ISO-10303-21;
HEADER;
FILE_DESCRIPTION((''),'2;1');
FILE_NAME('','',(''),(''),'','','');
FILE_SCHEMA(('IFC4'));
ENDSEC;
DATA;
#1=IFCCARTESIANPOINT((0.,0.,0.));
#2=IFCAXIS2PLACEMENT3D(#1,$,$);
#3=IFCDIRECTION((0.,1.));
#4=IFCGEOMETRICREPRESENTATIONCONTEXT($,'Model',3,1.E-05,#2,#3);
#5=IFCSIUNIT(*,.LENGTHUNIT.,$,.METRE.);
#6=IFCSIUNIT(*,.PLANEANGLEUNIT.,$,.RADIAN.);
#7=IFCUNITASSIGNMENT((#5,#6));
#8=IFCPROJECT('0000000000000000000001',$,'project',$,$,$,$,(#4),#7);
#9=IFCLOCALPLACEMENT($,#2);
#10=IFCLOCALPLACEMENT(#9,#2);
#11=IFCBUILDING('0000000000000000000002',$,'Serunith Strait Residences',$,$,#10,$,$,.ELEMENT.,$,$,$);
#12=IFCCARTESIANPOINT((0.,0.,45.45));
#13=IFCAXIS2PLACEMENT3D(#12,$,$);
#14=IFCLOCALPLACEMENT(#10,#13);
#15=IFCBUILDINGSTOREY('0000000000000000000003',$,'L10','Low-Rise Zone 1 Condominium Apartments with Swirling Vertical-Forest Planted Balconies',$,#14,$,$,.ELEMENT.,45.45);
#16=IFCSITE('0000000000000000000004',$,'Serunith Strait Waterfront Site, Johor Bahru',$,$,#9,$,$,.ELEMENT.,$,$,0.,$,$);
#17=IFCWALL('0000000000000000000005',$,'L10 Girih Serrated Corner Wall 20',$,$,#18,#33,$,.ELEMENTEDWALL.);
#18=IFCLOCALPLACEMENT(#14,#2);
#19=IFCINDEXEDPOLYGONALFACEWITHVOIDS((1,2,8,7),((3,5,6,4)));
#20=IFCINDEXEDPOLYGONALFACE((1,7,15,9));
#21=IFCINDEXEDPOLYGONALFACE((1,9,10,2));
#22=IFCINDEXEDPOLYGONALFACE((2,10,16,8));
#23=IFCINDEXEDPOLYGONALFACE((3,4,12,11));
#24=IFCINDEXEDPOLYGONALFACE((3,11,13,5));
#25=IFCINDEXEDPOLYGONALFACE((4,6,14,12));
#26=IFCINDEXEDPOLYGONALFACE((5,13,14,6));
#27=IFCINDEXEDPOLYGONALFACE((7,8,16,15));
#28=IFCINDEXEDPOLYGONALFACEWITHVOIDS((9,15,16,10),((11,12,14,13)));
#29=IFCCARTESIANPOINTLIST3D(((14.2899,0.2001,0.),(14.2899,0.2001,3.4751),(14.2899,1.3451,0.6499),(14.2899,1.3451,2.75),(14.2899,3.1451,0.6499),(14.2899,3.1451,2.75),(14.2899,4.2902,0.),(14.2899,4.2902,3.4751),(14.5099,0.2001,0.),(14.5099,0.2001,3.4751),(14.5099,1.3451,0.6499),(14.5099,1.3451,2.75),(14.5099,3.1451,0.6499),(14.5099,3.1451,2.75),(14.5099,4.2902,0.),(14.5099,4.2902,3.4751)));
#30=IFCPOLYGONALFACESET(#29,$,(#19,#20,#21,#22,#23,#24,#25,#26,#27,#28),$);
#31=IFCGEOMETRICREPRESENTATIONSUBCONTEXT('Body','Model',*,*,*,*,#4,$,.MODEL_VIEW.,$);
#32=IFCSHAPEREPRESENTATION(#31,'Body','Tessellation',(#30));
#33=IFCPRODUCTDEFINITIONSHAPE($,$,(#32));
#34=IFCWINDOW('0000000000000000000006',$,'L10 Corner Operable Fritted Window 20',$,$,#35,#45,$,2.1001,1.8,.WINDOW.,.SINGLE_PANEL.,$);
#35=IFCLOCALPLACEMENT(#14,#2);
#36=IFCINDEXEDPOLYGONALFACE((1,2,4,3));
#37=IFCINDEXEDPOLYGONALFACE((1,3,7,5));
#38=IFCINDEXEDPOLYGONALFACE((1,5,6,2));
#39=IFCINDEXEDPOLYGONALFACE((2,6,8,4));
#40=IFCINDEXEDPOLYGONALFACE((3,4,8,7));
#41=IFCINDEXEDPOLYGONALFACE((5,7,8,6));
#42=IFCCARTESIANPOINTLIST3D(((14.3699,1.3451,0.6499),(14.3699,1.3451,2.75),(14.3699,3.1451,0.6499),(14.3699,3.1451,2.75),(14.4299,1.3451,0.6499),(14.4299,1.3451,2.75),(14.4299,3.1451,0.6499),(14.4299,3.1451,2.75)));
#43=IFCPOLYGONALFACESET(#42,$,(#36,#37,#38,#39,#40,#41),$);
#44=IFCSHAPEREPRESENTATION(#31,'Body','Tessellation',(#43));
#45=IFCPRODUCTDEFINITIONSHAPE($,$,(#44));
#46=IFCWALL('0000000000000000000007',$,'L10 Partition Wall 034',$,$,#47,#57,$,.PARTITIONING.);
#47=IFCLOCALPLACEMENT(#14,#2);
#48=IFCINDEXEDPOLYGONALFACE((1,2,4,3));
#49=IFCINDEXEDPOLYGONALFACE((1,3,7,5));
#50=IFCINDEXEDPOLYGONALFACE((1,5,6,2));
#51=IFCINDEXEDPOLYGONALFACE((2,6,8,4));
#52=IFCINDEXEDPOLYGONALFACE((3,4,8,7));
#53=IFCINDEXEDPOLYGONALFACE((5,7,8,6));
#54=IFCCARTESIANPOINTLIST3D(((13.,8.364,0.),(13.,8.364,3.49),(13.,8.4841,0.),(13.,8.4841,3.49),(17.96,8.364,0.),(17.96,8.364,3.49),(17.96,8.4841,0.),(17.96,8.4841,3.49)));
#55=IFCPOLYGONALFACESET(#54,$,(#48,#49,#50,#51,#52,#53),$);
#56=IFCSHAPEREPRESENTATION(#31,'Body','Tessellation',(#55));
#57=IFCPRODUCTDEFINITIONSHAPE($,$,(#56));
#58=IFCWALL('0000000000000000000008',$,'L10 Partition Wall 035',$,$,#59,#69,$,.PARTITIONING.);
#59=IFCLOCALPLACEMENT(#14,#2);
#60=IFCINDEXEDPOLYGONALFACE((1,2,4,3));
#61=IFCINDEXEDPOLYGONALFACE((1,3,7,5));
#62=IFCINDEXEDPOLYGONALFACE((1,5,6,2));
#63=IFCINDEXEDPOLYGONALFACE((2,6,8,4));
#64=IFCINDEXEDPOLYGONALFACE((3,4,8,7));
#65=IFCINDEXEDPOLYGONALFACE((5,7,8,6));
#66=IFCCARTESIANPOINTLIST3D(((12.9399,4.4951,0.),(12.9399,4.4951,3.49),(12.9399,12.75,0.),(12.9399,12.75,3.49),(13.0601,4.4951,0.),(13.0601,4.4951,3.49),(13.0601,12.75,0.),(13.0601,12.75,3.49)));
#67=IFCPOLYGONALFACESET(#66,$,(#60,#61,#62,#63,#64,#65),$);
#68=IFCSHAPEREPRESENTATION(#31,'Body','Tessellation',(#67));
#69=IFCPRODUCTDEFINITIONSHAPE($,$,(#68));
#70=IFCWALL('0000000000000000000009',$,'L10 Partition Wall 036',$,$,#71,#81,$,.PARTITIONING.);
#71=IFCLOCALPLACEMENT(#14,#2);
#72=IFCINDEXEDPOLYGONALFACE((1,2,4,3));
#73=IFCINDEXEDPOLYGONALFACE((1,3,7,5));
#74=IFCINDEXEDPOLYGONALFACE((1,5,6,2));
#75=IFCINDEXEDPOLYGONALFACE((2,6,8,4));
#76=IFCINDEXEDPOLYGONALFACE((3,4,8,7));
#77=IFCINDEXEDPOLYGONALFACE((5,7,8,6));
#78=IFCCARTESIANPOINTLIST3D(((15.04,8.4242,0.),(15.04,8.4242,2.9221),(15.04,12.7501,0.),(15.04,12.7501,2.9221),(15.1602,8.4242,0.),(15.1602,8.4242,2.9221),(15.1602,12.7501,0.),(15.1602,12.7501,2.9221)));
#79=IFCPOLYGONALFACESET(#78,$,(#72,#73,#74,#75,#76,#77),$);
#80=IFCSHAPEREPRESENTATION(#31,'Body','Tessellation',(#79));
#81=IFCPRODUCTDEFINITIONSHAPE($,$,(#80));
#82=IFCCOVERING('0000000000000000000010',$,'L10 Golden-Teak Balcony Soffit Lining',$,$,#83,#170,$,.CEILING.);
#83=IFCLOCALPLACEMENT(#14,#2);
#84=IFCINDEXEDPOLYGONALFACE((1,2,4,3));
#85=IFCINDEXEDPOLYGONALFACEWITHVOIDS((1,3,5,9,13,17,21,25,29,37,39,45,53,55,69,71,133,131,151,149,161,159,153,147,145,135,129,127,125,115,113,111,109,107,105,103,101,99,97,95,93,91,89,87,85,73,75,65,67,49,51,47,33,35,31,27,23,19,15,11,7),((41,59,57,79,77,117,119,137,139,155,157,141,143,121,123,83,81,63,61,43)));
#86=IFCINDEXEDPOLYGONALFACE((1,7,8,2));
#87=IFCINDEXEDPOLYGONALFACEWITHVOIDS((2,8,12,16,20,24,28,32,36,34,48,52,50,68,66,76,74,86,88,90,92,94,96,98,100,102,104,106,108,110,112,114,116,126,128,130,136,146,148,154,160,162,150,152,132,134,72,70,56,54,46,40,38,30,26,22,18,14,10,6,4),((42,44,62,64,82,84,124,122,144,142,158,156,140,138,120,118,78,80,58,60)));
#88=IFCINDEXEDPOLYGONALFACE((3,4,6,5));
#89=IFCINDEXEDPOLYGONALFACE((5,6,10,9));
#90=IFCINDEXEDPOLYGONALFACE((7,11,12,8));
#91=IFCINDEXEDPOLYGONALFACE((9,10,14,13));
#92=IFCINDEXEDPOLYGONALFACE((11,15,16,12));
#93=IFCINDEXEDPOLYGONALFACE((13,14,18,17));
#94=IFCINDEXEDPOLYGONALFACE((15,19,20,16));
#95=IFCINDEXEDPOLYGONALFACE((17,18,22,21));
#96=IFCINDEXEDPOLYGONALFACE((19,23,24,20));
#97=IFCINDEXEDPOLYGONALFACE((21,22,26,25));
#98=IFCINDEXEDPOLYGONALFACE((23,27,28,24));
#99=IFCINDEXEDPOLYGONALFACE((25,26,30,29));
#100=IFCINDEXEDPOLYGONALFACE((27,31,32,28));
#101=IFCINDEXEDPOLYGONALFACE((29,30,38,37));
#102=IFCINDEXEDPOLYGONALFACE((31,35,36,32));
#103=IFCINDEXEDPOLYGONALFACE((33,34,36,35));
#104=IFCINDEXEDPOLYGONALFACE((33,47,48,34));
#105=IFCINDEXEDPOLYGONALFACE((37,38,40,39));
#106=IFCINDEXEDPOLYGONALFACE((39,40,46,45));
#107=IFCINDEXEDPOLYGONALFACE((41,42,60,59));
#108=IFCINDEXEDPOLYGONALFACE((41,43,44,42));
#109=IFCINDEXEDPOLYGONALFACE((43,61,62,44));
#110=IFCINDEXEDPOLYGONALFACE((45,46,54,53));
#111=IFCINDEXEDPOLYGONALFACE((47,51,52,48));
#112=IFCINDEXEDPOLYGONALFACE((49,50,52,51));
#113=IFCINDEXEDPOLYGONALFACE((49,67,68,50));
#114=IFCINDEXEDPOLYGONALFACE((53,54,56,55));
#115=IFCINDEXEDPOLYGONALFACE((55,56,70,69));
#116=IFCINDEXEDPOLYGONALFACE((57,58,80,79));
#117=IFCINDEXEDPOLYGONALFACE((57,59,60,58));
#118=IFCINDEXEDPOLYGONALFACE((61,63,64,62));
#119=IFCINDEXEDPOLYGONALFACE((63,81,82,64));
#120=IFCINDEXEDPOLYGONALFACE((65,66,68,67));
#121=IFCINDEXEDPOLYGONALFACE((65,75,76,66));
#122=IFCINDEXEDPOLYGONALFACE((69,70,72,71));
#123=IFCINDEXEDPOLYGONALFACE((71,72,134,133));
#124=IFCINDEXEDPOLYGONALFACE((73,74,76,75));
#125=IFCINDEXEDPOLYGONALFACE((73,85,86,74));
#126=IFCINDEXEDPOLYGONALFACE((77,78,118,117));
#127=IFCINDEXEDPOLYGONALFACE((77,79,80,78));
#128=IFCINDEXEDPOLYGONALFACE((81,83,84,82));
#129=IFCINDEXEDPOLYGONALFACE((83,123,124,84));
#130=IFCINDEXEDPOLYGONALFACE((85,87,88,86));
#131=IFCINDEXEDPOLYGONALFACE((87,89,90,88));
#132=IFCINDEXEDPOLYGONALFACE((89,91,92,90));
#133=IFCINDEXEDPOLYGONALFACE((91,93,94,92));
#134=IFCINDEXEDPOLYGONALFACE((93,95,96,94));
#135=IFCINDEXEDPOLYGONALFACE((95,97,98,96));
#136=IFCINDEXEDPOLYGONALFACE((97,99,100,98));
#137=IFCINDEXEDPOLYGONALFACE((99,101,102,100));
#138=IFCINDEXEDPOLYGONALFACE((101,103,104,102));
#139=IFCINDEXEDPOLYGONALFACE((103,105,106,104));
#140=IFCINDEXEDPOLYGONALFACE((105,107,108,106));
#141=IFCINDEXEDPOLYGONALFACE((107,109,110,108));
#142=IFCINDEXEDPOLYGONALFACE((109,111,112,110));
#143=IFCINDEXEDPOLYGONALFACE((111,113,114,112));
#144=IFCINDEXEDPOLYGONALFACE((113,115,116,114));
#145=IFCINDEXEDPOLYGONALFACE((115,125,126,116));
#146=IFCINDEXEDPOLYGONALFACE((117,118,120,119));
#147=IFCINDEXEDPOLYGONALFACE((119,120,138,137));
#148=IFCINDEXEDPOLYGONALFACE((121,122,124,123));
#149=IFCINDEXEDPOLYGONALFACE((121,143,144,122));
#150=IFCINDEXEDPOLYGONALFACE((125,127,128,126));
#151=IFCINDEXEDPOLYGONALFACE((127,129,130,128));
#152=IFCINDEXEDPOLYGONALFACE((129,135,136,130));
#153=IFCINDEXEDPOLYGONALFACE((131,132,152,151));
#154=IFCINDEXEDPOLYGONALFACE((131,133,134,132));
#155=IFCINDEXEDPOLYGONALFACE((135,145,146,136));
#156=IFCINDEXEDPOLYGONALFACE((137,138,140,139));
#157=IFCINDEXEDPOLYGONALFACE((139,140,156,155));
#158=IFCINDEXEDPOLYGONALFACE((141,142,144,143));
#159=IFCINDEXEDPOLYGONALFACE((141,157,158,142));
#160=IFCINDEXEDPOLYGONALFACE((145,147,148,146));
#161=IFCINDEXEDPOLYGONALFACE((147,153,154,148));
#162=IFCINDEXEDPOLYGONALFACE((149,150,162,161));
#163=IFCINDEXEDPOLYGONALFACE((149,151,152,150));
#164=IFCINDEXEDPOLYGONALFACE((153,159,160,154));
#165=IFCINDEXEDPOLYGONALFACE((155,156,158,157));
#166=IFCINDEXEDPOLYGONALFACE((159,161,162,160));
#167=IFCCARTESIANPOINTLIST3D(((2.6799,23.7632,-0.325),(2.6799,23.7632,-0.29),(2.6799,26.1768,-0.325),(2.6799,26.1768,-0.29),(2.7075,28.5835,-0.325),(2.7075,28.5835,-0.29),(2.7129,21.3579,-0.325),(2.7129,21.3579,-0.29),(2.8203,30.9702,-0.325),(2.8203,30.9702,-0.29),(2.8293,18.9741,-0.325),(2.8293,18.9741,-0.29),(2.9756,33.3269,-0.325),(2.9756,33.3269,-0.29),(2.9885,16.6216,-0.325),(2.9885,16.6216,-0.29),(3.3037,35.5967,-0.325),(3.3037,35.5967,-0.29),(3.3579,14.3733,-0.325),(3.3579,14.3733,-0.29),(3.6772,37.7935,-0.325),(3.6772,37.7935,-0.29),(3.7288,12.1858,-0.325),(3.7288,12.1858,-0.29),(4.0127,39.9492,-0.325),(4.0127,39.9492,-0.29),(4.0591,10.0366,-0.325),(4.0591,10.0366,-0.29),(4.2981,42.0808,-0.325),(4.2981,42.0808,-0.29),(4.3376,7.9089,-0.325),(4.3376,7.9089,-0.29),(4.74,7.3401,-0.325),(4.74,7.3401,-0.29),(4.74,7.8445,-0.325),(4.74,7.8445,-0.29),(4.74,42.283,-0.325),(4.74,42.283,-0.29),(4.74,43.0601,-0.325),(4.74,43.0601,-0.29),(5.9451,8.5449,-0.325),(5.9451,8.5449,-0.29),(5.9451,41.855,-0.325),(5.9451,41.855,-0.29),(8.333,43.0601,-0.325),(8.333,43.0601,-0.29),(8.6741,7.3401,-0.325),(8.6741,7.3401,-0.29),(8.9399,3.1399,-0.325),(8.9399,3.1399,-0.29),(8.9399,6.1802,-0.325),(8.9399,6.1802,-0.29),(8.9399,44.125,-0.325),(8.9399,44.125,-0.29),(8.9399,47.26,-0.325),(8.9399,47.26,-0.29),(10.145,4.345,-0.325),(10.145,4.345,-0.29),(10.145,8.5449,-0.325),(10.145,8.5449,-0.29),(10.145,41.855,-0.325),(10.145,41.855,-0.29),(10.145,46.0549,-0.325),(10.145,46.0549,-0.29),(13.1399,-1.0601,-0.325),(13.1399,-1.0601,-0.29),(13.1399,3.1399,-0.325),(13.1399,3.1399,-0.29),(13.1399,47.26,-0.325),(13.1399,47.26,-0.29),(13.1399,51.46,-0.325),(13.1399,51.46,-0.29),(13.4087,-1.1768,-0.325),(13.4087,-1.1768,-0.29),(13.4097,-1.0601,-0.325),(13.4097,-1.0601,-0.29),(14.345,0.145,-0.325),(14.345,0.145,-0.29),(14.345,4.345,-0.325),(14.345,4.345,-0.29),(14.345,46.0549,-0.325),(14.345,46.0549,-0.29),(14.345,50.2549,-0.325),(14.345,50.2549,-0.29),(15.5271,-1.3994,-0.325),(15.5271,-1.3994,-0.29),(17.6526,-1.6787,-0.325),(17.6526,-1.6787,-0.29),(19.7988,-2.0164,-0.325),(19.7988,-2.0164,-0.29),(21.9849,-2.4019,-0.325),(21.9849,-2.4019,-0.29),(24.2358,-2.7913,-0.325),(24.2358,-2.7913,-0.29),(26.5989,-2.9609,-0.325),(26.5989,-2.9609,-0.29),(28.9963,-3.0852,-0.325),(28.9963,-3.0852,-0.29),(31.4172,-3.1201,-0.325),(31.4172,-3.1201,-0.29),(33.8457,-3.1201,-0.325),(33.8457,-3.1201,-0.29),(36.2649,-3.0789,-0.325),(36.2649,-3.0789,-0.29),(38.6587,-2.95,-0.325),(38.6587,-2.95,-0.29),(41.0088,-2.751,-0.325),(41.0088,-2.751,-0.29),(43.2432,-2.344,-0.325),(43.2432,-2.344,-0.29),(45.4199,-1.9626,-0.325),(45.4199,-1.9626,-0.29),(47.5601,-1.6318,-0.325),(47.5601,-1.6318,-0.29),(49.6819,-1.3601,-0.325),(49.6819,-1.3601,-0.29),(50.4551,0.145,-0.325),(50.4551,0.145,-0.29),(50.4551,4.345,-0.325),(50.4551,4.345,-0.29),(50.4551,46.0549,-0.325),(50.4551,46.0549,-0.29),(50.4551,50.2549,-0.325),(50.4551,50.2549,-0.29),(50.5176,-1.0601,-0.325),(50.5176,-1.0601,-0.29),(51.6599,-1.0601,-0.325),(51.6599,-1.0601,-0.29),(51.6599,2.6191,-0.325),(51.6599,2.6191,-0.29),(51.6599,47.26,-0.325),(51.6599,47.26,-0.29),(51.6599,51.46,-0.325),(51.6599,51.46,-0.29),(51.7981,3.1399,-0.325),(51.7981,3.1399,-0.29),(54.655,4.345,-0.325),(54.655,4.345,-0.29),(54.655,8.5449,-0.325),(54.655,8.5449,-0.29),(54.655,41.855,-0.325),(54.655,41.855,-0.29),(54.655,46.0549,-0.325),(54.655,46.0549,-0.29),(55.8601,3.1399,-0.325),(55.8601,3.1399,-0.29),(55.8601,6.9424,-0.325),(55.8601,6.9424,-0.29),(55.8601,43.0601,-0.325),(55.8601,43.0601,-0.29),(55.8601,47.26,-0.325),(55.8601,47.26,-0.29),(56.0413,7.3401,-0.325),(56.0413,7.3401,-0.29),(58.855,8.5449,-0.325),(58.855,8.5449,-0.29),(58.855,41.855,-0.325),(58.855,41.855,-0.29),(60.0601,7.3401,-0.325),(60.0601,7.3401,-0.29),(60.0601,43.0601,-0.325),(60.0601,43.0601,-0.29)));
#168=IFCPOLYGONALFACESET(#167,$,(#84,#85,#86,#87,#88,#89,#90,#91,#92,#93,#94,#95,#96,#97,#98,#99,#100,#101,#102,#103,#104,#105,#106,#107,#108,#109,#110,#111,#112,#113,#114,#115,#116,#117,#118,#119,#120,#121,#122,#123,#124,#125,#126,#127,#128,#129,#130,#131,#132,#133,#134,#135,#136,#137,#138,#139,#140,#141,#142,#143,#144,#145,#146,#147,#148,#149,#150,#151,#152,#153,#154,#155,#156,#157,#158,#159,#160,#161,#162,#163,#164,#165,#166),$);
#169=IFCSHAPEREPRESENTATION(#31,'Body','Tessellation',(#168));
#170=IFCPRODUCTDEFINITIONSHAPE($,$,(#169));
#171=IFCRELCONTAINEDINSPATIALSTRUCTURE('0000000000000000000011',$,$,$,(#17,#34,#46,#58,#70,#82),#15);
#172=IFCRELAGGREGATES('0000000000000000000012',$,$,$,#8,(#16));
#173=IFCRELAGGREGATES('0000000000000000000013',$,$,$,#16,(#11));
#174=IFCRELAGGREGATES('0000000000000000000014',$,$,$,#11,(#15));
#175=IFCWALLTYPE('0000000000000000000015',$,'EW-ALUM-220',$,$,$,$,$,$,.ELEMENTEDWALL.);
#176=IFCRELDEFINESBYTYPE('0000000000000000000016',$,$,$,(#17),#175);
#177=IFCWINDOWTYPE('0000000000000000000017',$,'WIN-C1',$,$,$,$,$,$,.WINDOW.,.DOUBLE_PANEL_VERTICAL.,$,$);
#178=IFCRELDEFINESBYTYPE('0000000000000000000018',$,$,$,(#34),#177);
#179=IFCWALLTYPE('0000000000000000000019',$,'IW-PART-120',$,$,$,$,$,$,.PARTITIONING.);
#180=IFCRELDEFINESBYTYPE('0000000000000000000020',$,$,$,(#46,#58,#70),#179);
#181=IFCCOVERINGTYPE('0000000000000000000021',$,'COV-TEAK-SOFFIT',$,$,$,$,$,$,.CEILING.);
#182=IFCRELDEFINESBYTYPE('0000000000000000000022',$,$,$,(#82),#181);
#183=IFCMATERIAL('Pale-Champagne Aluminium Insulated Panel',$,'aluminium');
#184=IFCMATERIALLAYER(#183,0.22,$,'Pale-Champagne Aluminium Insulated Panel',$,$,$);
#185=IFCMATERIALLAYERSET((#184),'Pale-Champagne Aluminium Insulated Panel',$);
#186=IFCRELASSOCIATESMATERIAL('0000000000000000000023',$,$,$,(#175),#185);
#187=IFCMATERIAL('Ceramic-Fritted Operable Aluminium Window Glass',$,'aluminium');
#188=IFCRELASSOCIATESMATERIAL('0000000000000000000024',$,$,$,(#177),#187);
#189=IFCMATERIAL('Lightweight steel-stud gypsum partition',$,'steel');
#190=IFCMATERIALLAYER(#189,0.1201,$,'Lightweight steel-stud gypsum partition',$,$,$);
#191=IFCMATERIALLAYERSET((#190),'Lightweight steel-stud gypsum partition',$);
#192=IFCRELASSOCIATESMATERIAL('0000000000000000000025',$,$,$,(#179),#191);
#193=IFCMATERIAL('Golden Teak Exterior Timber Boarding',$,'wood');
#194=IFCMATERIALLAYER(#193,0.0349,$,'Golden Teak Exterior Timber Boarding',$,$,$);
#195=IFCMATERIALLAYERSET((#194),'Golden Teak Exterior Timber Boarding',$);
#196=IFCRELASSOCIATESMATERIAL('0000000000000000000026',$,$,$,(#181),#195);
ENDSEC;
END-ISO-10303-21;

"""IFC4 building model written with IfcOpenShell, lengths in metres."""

from ifc_helpers import new_model, si_unit, direction, frame, frame_2d, origin, place, context, subcontext, project, spatial, polyline, rectangle, outline, extrude, source, transform, mapped, material, layer, layer_set, type_object, element, fill, save


model = new_model("IFC4")

# Units and contexts
model_context = context("Model", 3, precision=1e-05, world=origin(), true_north=direction((0.0, 1.0)))
body_context = subcontext(model_context, "Body", "Model", "MODEL_VIEW")
ifc_project = project(units=[si_unit("LENGTHUNIT", "METRE"), si_unit("PLANEANGLEUNIT", "RADIAN")], contexts=[model_context])

# Site, building, storey
site_placement = place(None, origin())
site = spatial("IfcSite", under=ifc_project, at=site_placement, Name="Serunith Strait Waterfront Site, Johor Bahru", CompositionType="ELEMENT", RefElevation=0.0)
building_placement = place(site_placement, origin())
building = spatial("IfcBuilding", under=site, at=building_placement, Name="Serunith Strait Residences", CompositionType="ELEMENT")
storey_placement = place(building_placement, frame((0.0, 0.0, 45.45)))
storey = spatial("IfcBuildingStorey", under=building, at=storey_placement, Name="L10", Description="Low-Rise Zone 1 Condominium Apartments with Swirling Vertical-Forest Planted Balconies", CompositionType="ELEMENT", Elevation=45.45)

# Wall, opening, window
ifc_material_1 = material(Name="Pale-Champagne Aluminium Insulated Panel", Category="aluminium")
ifc_layer_1 = layer(ifc_material_1, 0.22, Name="Pale-Champagne Aluminium Insulated Panel")
ifc_layer_set_1 = layer_set([ifc_layer_1], Name="Pale-Champagne Aluminium Insulated Panel")
wall_type_1 = type_object("IfcWallType", Name="EW-ALUM-220", PredefinedType="ELEMENTEDWALL", material=ifc_layer_set_1)
ifc_material_2 = material(Name="Ceramic-Fritted Operable Aluminium Window Glass", Category="aluminium")
window_type = type_object("IfcWindowType", Name="WIN-C1", PartitioningType="DOUBLE_PANEL_VERTICAL", PredefinedType="WINDOW", material=ifc_material_2)
shared_shape_1 = source(origin(), body_context, "Body", "SweptSolid", [
    extrude(rectangle(XDim=1.8, YDim=2.1001, at=frame_2d((0.8999, 1.05))), frame((0.0, 0.03, 0.0), z_axis=(0.0, -1.0, 0.0), x_axis=(1.0, 0.0, 0.0)), (0.0, 0.0, 1.0), 0.0601),
])
wall_1_placement = place(storey_placement, frame((14.3999, 4.29, 0.0), z_axis=(0.0, 0.0, 1.0), x_axis=(0.0, -1.0, 0.0)))
wall_1 = element("IfcWall", 1, at=wall_1_placement, inside=storey, type_object=wall_type_1, Name="L10 Girih Serrated Corner Wall 20", PredefinedType="ELEMENTEDWALL", context=body_context, shape_type="SweptSolid", body=[
    extrude(rectangle(XDim=4.0901, YDim=0.22, at=frame_2d((2.0449, 0.0))), origin(), (0.0, 0.0, 1.0), 3.4751),
])
opening_1_placement = place(wall_1_placement, frame((1.145, 0.0, 0.6499)))
opening_1 = element("IfcOpeningElement", 2, at=opening_1_placement, cuts=wall_1, PredefinedType="OPENING", context=body_context, shape_type="SweptSolid", body=[
    extrude(rectangle(XDim=1.8, YDim=2.1001, at=frame_2d((0.8999, 1.05))), frame((0.0, 0.1201, 0.0), z_axis=(0.0, -1.0, 0.0), x_axis=(1.0, 0.0, 0.0)), (0.0, 0.0, 1.0), 0.24),
])
window_1_placement = place(opening_1_placement, origin())
window_1 = element("IfcWindow", 3, at=window_1_placement, inside=storey, type_object=window_type, Name="L10 Corner Operable Fritted Window 20", OverallHeight=2.1001, OverallWidth=1.8, PartitioningType="SINGLE_PANEL", PredefinedType="WINDOW", context=body_context, shape_type="MappedRepresentation", body=[
    mapped(shared_shape_1, transform((0.0, 0.0, 0.0), scale=1.0)),
])
fill(opening_1, window_1)

# Walls
ifc_material_3 = material(Name="Lightweight steel-stud gypsum partition", Category="steel")
ifc_layer_2 = layer(ifc_material_3, 0.1201, Name="Lightweight steel-stud gypsum partition")
ifc_layer_set_2 = layer_set([ifc_layer_2], Name="Lightweight steel-stud gypsum partition")
wall_type_2 = type_object("IfcWallType", Name="IW-PART-120", PredefinedType="PARTITIONING", material=ifc_layer_set_2)
wall_2_placement = place(storey_placement, frame((13.0, 8.4241, 0.0), z_axis=(0.0, 0.0, 1.0), x_axis=(1.0, 0.0, 0.0)))
element("IfcWall", 4, at=wall_2_placement, inside=storey, type_object=wall_type_2, Name="L10 Partition Wall 034", PredefinedType="PARTITIONING", context=body_context, shape_type="SweptSolid", body=[
    extrude(rectangle(XDim=4.96, YDim=0.1201, at=frame_2d((2.48, 0.0))), origin(), (0.0, 0.0, 1.0), 3.49),
])
wall_3_placement = place(storey_placement, frame((13.0, 4.4951, 0.0), z_axis=(0.0, 0.0, 1.0), x_axis=(0.0, 1.0, 0.0)))
element("IfcWall", 5, at=wall_3_placement, inside=storey, type_object=wall_type_2, Name="L10 Partition Wall 035", PredefinedType="PARTITIONING", context=body_context, shape_type="SweptSolid", body=[
    extrude(rectangle(XDim=8.2549, YDim=0.1201, at=frame_2d((4.1274, 0.0))), origin(), (0.0, 0.0, 1.0), 3.49),
])
wall_4_placement = place(storey_placement, frame((15.1001, 8.4241, 0.0), z_axis=(0.0, 0.0, 1.0), x_axis=(0.0, 1.0, 0.0)))
element("IfcWall", 6, at=wall_4_placement, inside=storey, type_object=wall_type_2, Name="L10 Partition Wall 036", PredefinedType="PARTITIONING", context=body_context, shape_type="SweptSolid", body=[
    extrude(rectangle(XDim=4.3259, YDim=0.1201, at=frame_2d((2.1631, 0.0))), origin(), (0.0, 0.0, 1.0), 2.9221),
])

# Covering
ifc_material_4 = material(Name="Golden Teak Exterior Timber Boarding", Category="wood")
ifc_layer_3 = layer(ifc_material_4, 0.0349, Name="Golden Teak Exterior Timber Boarding")
ifc_layer_set_3 = layer_set([ifc_layer_3], Name="Golden Teak Exterior Timber Boarding")
covering_type_1 = type_object("IfcCoveringType", Name="COV-TEAK-SOFFIT", PredefinedType="CEILING", material=ifc_layer_set_3)
covering_placement = place(storey_placement, frame((0.0, 0.0, -0.325)))
element("IfcCovering", 7, at=covering_placement, inside=storey, type_object=covering_type_1, Name="L10 Golden-Teak Balcony Soffit Lining", PredefinedType="CEILING", context=body_context, shape_type="SweptSolid", body=[
    extrude(outline(polyline([(13.1399, 3.1399), (8.9399, 3.1399), (8.9399, 6.1802), (8.6741, 7.3401), (4.74, 7.3401), (4.74, 7.8445), (4.3376, 7.9089), (4.0591, 10.0366), (3.7288, 12.1858), (3.3579, 14.3733), (2.9885, 16.6216), (2.8293, 18.9741), (2.7129, 21.3579), (2.6799, 23.7632), (2.6799, 26.1768), (2.7075, 28.5835), (2.8203, 30.9702), (2.9756, 33.3269), (3.3037, 35.5967), (3.6772, 37.7935), (4.0127, 39.9492), (4.2981, 42.0808), (4.74, 42.283), (4.74, 43.0601), (8.333, 43.0601), (8.9399, 44.125), (8.9399, 47.26), (13.1399, 47.26), (13.1399, 51.46), (51.6599, 51.46), (51.6599, 47.26), (55.8601, 47.26), (55.8601, 43.0601), (60.0601, 43.0601), (60.0601, 7.3401), (56.0413, 7.3401), (55.8601, 6.9424), (55.8601, 3.1399), (51.7981, 3.1399), (51.6599, 2.6191), (51.6599, -1.0601), (50.5176, -1.0601), (49.6819, -1.3601), (47.5601, -1.6318), (45.4199, -1.9626), (43.2432, -2.344), (41.0088, -2.751), (38.6587, -2.95), (36.2649, -3.0789), (33.8457, -3.1201), (31.4172, -3.1201), (28.9963, -3.0852), (26.5989, -2.9609), (24.2358, -2.7913), (21.9849, -2.4019), (19.7988, -2.0164), (17.6526, -1.6787), (15.5271, -1.3994), (13.4087, -1.1768), (13.4097, -1.0601), (13.1399, -1.0601), (13.1399, 3.1399)]), holes=[polyline([(50.4551, 0.145), (50.4551, 4.345), (54.655, 4.345), (54.655, 8.5449), (58.855, 8.5449), (58.855, 41.855), (54.655, 41.855), (54.655, 46.0549), (50.4551, 46.0549), (50.4551, 50.2549), (14.345, 50.2549), (14.345, 46.0549), (10.145, 46.0549), (10.145, 41.855), (5.9451, 41.855), (5.9451, 8.5449), (10.145, 8.5449), (10.145, 4.345), (14.345, 4.345), (14.345, 0.145), (50.4551, 0.145)])]), origin(), (0.0, 0.0, 1.0), 0.0349),
])

save(model, "model.ifc")
